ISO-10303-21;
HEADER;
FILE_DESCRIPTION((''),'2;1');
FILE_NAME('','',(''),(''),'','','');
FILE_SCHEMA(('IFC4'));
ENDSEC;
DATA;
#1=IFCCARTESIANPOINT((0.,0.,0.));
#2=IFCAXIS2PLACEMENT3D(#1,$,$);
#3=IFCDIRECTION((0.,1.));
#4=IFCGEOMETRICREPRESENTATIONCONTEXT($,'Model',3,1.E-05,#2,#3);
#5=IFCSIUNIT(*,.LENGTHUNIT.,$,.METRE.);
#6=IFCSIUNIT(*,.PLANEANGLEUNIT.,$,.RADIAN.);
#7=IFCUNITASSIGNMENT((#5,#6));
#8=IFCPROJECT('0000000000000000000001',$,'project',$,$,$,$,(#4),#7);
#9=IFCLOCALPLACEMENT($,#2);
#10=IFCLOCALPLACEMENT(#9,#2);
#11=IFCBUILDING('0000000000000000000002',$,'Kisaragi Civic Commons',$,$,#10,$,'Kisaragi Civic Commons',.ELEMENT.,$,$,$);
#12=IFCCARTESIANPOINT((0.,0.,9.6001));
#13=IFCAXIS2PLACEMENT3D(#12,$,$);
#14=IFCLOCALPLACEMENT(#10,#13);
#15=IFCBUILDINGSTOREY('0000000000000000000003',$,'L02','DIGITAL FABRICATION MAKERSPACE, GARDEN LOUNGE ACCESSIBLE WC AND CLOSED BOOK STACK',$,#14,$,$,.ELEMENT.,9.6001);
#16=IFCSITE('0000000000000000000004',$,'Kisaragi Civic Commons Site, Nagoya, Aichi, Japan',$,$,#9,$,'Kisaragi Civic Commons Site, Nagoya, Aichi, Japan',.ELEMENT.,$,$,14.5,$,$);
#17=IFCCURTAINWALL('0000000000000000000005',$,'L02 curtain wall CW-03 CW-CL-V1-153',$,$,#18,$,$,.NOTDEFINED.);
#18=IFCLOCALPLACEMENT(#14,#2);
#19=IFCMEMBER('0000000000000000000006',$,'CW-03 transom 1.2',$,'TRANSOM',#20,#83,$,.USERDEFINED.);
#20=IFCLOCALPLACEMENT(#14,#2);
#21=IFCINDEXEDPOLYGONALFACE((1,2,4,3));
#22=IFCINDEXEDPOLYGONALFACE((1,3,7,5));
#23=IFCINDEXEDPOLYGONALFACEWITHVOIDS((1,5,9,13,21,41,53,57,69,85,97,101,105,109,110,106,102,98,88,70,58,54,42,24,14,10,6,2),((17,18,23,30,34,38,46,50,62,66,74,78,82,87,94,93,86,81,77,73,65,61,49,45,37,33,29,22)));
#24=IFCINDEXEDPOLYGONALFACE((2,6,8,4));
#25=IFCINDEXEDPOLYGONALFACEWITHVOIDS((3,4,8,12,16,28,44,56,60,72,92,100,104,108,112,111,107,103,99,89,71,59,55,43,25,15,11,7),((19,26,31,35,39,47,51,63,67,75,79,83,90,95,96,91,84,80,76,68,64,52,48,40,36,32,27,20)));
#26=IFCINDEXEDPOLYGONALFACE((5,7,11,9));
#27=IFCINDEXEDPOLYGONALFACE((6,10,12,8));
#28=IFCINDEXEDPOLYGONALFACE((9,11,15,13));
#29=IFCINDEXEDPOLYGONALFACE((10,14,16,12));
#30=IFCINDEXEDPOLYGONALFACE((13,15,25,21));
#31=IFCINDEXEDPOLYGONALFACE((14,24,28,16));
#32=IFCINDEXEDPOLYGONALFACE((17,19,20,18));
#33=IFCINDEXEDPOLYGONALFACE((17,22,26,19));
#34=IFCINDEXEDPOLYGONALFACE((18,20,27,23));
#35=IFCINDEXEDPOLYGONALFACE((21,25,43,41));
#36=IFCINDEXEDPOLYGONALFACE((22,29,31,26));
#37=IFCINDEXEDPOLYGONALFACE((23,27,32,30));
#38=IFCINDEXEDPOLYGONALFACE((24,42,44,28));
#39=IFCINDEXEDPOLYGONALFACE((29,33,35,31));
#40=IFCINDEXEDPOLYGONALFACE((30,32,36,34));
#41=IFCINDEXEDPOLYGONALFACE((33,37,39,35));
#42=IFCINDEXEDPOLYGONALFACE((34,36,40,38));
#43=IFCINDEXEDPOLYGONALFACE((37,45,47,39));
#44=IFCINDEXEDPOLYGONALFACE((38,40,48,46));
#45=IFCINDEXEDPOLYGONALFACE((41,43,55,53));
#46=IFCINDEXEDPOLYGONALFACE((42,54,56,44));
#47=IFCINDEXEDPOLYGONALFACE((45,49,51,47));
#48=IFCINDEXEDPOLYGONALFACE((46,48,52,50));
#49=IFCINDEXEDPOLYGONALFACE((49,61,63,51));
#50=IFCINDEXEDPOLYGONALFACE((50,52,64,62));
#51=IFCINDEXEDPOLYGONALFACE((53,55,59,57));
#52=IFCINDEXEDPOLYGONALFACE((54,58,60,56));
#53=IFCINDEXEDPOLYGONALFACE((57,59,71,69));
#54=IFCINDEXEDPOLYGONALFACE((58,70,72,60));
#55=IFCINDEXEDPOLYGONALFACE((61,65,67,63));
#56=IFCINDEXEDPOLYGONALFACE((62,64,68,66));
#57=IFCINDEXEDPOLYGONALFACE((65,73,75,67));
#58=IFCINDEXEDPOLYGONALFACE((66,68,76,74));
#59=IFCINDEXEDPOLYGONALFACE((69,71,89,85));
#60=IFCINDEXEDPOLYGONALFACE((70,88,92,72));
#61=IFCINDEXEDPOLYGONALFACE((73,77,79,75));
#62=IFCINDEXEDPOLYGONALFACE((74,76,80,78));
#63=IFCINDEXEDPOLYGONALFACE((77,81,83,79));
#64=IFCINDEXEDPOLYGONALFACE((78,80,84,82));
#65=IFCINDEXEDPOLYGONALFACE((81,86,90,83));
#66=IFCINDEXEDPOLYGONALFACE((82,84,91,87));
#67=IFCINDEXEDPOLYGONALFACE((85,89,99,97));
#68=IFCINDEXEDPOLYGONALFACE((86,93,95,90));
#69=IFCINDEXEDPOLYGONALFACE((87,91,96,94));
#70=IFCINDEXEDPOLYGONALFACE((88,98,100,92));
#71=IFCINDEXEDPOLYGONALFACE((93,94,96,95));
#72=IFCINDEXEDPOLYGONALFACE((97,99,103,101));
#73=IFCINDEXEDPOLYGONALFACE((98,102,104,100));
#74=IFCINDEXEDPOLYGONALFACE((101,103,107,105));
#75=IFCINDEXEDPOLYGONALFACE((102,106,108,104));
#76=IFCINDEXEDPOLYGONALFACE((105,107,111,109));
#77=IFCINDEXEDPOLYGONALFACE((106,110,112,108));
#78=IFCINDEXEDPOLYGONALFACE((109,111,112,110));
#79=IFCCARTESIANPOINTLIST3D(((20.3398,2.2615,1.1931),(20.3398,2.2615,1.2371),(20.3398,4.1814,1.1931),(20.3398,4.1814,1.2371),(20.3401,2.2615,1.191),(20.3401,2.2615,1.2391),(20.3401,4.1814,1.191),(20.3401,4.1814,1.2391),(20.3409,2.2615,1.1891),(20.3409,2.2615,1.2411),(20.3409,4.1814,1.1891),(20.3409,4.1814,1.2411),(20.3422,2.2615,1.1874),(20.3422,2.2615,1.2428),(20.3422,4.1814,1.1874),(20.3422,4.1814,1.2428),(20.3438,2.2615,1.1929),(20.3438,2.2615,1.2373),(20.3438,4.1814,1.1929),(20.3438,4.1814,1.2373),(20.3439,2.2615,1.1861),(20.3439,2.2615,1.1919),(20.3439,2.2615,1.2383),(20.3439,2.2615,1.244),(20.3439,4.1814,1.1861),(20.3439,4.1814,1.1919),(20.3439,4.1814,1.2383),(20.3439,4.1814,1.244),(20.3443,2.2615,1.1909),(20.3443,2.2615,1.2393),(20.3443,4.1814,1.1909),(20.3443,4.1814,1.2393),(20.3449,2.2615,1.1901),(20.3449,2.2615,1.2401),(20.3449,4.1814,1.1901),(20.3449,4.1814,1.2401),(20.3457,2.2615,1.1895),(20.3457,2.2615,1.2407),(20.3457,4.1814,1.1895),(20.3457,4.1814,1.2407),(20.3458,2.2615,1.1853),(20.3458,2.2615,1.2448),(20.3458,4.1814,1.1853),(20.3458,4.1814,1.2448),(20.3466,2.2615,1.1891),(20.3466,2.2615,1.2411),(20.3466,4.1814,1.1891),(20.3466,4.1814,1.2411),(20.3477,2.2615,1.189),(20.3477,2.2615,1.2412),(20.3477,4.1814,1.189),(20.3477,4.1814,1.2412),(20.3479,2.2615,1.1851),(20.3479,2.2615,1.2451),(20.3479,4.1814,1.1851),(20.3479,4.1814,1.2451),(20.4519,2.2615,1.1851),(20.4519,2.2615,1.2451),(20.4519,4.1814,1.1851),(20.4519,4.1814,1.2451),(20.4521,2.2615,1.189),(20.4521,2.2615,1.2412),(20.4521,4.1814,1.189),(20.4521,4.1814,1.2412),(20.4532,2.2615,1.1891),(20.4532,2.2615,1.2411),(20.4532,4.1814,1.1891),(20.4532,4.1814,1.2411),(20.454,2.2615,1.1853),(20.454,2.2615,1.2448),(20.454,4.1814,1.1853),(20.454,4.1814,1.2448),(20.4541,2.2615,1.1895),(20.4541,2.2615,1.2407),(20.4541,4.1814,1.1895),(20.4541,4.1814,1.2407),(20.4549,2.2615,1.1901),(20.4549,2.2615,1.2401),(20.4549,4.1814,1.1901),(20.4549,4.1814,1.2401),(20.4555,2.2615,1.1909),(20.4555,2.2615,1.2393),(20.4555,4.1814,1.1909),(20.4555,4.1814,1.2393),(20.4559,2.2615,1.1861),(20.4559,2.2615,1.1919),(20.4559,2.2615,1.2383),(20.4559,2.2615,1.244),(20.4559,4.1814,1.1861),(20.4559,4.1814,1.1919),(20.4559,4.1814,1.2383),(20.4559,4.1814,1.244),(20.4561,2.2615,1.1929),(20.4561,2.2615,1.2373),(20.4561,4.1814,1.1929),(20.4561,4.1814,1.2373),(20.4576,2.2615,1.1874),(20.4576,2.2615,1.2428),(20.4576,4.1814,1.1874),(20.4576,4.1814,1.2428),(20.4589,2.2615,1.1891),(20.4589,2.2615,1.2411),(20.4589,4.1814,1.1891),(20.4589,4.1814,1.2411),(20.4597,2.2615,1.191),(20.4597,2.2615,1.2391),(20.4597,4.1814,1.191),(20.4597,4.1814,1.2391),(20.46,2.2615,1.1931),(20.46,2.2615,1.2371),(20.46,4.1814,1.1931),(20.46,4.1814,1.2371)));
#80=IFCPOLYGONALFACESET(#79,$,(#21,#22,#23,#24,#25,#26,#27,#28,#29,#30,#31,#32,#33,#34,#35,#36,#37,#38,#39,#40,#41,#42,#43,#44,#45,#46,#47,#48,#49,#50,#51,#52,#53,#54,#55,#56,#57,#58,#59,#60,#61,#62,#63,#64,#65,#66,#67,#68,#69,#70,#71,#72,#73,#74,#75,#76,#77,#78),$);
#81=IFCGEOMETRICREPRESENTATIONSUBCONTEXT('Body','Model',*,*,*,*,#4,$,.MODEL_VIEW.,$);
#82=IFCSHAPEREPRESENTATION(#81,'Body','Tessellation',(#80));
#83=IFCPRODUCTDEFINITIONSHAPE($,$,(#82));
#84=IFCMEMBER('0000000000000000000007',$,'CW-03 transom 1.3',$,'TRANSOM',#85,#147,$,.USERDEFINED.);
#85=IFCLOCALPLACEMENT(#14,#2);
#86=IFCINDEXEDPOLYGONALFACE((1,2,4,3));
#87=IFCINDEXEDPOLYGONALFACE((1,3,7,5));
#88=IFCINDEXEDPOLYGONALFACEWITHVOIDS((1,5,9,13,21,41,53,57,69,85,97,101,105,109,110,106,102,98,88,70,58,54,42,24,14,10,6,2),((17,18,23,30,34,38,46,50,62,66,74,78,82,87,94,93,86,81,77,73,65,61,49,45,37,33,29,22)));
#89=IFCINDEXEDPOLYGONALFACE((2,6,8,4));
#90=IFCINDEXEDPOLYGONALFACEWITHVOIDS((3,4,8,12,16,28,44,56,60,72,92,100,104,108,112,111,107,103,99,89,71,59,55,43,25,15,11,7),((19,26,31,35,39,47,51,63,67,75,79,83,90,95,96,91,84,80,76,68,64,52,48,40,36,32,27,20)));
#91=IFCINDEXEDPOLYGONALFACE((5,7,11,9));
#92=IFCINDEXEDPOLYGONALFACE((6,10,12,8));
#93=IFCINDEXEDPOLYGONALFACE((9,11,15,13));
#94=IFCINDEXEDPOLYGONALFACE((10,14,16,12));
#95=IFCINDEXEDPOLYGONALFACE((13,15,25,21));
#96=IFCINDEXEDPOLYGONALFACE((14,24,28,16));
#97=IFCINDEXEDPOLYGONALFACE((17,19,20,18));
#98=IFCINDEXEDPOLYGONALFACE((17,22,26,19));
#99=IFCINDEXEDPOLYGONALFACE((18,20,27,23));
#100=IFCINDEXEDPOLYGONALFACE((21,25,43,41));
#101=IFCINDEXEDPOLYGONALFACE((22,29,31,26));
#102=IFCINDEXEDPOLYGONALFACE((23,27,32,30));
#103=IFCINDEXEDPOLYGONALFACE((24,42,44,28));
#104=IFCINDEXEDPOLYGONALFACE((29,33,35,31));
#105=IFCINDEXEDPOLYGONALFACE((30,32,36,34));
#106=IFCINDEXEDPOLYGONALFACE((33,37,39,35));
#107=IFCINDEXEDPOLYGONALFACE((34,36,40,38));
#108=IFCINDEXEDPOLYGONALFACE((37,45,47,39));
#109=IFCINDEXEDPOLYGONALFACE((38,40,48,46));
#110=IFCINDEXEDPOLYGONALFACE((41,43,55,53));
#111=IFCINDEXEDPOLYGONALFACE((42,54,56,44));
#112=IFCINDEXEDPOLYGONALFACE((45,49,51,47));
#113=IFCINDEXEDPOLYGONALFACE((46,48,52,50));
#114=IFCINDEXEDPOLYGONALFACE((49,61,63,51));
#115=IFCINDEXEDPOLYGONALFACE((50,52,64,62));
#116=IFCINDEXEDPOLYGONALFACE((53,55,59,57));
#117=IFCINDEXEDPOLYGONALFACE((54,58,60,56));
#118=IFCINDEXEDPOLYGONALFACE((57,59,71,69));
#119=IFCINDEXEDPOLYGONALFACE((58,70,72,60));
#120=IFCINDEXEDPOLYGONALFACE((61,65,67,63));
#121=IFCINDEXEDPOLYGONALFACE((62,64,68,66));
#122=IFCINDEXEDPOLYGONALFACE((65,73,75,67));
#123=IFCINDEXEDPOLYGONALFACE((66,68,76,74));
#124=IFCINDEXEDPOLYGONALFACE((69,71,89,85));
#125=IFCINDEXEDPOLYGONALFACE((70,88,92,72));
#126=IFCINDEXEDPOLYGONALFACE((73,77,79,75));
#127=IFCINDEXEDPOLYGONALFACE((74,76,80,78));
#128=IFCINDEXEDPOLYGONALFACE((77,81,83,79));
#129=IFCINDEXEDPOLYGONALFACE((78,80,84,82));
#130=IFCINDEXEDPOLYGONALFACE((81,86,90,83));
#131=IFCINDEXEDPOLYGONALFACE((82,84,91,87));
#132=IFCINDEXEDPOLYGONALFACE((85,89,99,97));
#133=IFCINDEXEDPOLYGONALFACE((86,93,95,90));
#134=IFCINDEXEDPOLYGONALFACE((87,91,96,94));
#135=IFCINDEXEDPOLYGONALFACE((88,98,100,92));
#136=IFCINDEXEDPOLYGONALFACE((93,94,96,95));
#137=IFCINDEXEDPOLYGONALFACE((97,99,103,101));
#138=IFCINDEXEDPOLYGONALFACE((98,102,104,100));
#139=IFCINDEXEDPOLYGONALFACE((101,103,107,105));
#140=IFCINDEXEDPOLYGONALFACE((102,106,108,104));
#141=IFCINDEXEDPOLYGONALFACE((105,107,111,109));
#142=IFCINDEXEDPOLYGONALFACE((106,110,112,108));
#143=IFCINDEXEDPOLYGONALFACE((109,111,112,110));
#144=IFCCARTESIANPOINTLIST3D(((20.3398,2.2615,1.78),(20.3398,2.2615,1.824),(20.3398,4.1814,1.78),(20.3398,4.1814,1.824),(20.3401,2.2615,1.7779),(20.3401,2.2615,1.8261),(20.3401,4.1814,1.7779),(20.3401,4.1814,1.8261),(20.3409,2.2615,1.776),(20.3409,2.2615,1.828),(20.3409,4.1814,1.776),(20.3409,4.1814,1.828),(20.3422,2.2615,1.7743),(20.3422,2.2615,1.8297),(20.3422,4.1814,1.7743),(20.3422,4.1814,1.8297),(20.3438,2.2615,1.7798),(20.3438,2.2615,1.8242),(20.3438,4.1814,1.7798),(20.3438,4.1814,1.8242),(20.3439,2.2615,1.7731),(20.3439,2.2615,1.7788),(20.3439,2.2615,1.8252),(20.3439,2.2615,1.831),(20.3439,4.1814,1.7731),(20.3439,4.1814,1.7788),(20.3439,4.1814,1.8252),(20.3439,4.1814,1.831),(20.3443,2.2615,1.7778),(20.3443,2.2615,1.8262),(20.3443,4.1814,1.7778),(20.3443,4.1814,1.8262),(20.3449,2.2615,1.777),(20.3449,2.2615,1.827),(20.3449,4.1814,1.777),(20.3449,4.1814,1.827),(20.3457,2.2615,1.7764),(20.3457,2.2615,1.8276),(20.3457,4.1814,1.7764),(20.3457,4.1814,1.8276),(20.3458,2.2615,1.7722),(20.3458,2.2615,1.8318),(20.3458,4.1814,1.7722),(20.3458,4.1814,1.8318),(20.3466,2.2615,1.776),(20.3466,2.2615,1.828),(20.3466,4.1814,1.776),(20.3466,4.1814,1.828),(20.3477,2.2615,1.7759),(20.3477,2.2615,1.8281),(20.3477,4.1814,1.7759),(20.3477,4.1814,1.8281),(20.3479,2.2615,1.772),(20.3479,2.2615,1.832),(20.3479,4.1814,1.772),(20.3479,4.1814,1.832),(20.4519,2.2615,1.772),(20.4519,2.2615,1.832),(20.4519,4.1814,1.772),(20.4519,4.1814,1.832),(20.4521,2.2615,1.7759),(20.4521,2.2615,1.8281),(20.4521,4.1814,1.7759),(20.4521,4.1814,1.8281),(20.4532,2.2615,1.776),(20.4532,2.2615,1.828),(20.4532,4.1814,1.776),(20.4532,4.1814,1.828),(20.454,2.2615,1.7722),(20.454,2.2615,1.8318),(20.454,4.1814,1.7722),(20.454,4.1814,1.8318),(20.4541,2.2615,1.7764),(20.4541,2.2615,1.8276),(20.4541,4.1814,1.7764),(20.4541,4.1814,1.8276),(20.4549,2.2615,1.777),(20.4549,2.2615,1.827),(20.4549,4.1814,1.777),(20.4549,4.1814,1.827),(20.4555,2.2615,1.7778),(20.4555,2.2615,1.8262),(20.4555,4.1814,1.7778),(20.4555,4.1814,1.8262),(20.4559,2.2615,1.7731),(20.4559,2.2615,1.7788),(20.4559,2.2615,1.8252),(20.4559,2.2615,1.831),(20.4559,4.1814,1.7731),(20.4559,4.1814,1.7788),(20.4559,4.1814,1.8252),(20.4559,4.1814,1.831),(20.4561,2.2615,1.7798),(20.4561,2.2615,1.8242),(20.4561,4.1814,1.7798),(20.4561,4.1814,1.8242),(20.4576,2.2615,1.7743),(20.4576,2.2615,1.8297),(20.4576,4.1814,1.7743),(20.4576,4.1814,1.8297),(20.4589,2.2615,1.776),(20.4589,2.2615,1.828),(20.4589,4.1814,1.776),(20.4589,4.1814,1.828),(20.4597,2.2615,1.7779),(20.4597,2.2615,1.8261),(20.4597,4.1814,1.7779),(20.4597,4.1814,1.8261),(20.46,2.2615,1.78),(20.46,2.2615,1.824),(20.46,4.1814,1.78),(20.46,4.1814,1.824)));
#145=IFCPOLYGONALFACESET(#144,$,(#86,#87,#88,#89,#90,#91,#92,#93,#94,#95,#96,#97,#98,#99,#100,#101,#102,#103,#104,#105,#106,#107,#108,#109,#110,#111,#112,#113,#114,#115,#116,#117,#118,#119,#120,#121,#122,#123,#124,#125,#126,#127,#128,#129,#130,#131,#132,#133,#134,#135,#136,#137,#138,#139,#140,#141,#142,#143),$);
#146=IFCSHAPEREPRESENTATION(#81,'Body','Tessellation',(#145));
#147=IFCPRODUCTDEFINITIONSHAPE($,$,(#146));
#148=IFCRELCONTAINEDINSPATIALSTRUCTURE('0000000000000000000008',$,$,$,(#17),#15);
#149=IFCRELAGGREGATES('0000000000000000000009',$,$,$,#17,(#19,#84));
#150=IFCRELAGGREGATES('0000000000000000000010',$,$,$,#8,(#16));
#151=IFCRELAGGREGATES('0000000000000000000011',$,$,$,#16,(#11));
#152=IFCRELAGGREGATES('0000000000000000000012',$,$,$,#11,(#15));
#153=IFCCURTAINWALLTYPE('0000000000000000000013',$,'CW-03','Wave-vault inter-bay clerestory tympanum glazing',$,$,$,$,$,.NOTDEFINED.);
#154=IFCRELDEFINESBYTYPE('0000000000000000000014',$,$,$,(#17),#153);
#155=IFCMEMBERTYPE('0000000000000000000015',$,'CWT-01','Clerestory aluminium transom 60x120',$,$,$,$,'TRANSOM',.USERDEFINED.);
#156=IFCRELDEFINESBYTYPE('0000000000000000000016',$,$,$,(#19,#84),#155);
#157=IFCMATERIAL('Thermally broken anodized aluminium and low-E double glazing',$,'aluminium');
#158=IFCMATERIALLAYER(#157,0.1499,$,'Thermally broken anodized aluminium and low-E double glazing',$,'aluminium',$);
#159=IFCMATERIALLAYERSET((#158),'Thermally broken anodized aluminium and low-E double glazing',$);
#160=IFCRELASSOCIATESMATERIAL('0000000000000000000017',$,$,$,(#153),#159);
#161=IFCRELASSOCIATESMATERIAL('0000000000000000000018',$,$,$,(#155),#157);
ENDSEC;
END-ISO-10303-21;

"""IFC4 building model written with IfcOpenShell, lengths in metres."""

from ifc_helpers import new_model, si_unit, direction, frame, origin, origin_2d, place, context, subcontext, project, spatial, hollow_rectangle, extrude, material, layer, layer_set, material_profile, profile_set, type_object, element, aggregate, save


model = new_model("IFC4")

# Units and contexts
model_context = context("Model", 3, precision=1e-05, world=origin(), true_north=direction((0.0, 1.0)))
body_context = subcontext(model_context, "Body", "Model", "MODEL_VIEW")
ifc_project = project(units=[si_unit("LENGTHUNIT", "METRE"), si_unit("PLANEANGLEUNIT", "RADIAN")], contexts=[model_context])

# Site, building, storey
site_placement = place(None, origin())
site = spatial("IfcSite", under=ifc_project, at=site_placement, Name="Kisaragi Civic Commons Site, Nagoya, Aichi, Japan", LongName="Kisaragi Civic Commons Site, Nagoya, Aichi, Japan", CompositionType="ELEMENT", RefElevation=14.5)
building_placement = place(site_placement, origin())
building = spatial("IfcBuilding", under=site, at=building_placement, Name="Kisaragi Civic Commons", LongName="Kisaragi Civic Commons", CompositionType="ELEMENT")
storey_placement = place(building_placement, frame((0.0, 0.0, 9.6001)))
storey = spatial("IfcBuildingStorey", under=building, at=storey_placement, Name="L02", Description="DIGITAL FABRICATION MAKERSPACE, GARDEN LOUNGE ACCESSIBLE WC AND CLOSED BOOK STACK", CompositionType="ELEMENT", Elevation=9.6001)

# Curtain wall
ifc_material_1 = material(Name="Thermally broken anodized aluminium and low-E double glazing", Category="aluminium")
ifc_layer_1 = layer(ifc_material_1, 0.1499, Name="Thermally broken anodized aluminium and low-E double glazing", Category="aluminium")
ifc_layer_set_1 = layer_set([ifc_layer_1], Name="Thermally broken anodized aluminium and low-E double glazing")
curtain_wall_type = type_object("IfcCurtainWallType", Name="CW-03", Description="Wave-vault inter-bay clerestory tympanum glazing", PredefinedType="NOTDEFINED", material=ifc_layer_set_1)
curtain_wall_1_placement = place(storey_placement, origin())
curtain_wall_1 = element("IfcCurtainWall", 1, at=curtain_wall_1_placement, inside=storey, type_object=curtain_wall_type, Name="L02 curtain wall CW-03 CW-CL-V1-153", PredefinedType="NOTDEFINED")

# Members
ifc_material_profile_1 = material_profile(ifc_material_1, hollow_rectangle(XDim=0.1201, YDim=0.0601, WallThickness=0.0039, InnerFilletRadius=0.0039, OuterFilletRadius=0.0081, at=origin_2d()), Name="CWT-60x120x4", Category="aluminium")
ifc_profile_set_1 = profile_set([ifc_material_profile_1], Name="Thermally broken anodized aluminium and low-E double glazing")
member_type_1 = type_object("IfcMemberType", Name="CWT-01", Description="Clerestory aluminium transom 60x120", ElementType="TRANSOM", PredefinedType="USERDEFINED", material=ifc_profile_set_1)
member_1_placement = place(storey_placement, frame((20.3999, 2.2615, 1.2151), z_axis=(0.0, 1.0, 0.0), x_axis=(-1.0, 0.0, 0.0)))
member_1 = element("IfcMember", 2, at=member_1_placement, type_object=member_type_1, Name="CW-03 transom 1.2", ObjectType="TRANSOM", PredefinedType="USERDEFINED", context=body_context, shape_type="SweptSolid", body=[
    extrude(hollow_rectangle(XDim=0.1201, YDim=0.0601, WallThickness=0.0039, InnerFilletRadius=0.0039, OuterFilletRadius=0.0081, at=origin_2d()), origin(), (0.0, 0.0, 1.0), 1.9199),
])
member_2_placement = place(storey_placement, frame((20.3999, 2.2615, 1.802), z_axis=(0.0, 1.0, 0.0), x_axis=(-1.0, 0.0, 0.0)))
member_2 = element("IfcMember", 3, at=member_2_placement, type_object=member_type_1, Name="CW-03 transom 1.3", ObjectType="TRANSOM", PredefinedType="USERDEFINED", context=body_context, shape_type="SweptSolid", body=[
    extrude(hollow_rectangle(XDim=0.1201, YDim=0.0601, WallThickness=0.0039, InnerFilletRadius=0.0039, OuterFilletRadius=0.0081, at=origin_2d()), origin(), (0.0, 0.0, 1.0), 1.9199),
])

aggregate(curtain_wall_1, [member_1, member_2])

save(model, "model.ifc")
